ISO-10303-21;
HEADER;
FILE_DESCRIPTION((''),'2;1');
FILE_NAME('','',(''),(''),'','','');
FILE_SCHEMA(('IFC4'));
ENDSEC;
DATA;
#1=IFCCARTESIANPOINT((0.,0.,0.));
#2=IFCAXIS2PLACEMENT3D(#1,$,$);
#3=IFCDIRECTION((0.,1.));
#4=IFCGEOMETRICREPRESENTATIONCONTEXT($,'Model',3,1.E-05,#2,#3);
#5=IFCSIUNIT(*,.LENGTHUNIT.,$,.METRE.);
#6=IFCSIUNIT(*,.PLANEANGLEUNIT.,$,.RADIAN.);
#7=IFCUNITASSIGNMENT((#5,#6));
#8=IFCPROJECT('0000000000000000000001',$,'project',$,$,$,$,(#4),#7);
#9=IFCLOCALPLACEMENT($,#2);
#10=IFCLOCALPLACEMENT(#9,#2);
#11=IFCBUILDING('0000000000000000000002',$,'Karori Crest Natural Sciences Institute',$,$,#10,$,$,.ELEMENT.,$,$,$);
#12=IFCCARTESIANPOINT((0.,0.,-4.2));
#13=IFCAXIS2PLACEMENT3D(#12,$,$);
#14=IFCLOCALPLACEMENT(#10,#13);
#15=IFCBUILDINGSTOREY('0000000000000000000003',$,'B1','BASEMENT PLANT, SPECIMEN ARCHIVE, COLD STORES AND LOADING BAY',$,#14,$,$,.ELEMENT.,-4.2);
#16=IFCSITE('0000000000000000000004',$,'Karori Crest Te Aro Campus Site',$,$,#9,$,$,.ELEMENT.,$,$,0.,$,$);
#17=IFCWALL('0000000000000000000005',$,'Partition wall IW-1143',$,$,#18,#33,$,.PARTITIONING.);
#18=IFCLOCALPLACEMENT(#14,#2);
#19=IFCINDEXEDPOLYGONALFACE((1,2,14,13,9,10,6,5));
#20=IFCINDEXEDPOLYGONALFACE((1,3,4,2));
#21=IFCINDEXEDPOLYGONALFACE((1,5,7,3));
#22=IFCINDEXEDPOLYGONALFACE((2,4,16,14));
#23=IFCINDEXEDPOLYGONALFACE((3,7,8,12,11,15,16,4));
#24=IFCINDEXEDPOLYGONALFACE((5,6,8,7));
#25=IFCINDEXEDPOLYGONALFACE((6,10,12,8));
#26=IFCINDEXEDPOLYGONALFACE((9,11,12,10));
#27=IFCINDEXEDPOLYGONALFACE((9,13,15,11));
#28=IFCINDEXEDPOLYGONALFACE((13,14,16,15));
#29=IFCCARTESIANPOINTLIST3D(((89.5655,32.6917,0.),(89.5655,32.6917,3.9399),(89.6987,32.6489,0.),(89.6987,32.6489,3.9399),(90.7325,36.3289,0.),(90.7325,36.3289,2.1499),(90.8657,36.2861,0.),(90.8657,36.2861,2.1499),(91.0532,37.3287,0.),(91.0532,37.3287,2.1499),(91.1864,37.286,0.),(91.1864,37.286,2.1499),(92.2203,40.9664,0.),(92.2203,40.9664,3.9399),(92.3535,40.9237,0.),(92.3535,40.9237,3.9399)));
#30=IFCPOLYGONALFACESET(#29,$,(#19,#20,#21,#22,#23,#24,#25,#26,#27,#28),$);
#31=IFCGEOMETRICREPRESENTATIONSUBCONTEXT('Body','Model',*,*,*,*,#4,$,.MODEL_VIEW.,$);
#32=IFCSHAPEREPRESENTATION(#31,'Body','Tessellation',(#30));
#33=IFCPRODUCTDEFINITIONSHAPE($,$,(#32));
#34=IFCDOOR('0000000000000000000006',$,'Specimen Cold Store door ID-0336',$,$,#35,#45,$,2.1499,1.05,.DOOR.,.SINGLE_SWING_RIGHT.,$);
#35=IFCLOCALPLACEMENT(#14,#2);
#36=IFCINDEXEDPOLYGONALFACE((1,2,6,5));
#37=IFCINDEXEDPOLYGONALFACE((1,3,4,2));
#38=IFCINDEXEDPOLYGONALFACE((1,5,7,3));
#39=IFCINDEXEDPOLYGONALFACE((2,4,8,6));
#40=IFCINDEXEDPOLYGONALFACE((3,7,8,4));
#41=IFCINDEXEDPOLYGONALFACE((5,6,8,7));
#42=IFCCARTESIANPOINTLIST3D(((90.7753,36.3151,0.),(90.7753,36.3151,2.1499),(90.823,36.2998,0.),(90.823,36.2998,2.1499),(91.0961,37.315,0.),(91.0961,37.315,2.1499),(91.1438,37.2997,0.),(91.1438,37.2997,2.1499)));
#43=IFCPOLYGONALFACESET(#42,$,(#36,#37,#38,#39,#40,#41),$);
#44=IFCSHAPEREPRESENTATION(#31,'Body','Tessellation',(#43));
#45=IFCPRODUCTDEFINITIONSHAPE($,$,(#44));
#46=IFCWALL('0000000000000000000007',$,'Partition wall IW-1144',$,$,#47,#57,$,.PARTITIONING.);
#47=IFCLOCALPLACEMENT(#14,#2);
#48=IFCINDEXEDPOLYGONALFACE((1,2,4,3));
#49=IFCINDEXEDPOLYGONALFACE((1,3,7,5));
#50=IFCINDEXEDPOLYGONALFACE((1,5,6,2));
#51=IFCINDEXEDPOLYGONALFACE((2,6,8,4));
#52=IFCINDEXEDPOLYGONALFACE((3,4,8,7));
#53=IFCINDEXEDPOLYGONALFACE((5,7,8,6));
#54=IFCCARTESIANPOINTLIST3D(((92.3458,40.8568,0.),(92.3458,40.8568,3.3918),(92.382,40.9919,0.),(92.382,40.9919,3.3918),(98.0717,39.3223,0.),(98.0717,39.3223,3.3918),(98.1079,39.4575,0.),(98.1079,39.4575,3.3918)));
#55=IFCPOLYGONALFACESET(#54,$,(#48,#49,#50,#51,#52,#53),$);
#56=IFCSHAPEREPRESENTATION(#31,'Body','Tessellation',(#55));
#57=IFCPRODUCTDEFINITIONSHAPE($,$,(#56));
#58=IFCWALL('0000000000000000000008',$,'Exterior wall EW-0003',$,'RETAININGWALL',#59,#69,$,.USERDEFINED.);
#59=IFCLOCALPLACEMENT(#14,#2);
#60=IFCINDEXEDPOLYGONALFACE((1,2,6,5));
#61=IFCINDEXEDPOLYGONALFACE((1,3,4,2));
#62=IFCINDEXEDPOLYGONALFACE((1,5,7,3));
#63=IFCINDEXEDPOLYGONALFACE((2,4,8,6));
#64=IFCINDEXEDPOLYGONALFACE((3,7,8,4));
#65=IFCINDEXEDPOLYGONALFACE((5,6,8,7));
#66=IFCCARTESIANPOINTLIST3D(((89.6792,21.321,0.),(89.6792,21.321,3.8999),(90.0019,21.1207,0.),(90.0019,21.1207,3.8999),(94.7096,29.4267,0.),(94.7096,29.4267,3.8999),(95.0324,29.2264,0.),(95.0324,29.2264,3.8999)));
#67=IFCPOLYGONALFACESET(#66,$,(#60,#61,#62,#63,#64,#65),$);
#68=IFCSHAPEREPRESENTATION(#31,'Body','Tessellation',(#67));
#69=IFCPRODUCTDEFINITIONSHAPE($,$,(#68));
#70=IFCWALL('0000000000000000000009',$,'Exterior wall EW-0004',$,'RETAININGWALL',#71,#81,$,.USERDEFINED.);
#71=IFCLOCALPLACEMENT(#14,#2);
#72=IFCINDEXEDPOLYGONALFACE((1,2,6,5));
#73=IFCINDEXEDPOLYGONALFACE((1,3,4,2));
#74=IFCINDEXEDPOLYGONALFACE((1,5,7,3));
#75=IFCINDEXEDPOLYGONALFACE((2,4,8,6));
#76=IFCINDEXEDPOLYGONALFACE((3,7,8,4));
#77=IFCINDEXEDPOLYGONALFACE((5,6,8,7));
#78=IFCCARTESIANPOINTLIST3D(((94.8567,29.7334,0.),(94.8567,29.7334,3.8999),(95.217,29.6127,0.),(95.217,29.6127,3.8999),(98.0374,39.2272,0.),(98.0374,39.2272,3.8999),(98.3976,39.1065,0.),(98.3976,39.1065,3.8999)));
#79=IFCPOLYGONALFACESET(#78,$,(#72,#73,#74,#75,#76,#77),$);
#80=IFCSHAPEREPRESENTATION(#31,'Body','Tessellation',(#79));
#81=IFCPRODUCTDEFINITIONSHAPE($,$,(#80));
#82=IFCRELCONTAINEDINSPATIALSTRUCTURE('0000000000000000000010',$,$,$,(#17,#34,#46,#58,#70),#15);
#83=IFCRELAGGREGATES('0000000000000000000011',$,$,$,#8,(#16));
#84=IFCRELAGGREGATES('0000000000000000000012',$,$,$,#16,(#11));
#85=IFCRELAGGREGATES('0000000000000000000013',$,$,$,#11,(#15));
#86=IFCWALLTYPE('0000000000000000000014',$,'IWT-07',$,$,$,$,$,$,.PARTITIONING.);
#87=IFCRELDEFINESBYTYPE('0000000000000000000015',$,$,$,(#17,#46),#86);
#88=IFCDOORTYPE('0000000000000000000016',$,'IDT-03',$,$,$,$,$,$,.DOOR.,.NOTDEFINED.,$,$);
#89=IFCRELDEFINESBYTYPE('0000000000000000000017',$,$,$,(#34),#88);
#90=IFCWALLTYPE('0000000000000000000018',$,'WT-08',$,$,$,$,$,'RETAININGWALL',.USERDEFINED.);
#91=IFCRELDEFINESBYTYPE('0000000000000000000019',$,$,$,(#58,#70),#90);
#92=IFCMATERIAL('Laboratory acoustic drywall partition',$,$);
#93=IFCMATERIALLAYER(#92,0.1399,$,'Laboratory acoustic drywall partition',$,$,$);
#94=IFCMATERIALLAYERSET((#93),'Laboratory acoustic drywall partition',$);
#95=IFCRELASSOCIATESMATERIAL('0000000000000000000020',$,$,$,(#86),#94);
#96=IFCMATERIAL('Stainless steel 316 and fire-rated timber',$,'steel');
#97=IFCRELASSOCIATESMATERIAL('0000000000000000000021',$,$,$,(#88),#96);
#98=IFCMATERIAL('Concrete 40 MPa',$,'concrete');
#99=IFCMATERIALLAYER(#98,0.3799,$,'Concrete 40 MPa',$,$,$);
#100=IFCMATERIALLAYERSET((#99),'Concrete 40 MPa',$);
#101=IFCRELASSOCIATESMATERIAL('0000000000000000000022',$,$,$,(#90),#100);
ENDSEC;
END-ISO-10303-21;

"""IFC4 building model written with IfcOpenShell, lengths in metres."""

from ifc_helpers import new_model, si_unit, direction, frame, frame_2d, origin, place, context, subcontext, project, spatial, rectangle, extrude, material, layer, layer_set, type_object, element, fill, save


model = new_model("IFC4")

# Units and contexts
model_context = context("Model", 3, precision=1e-05, world=origin(), true_north=direction((0.0, 1.0)))
body_context = subcontext(model_context, "Body", "Model", "MODEL_VIEW")
ifc_project = project(units=[si_unit("LENGTHUNIT", "METRE"), si_unit("PLANEANGLEUNIT", "RADIAN")], contexts=[model_context])

# Site, building, storey
site_placement = place(None, origin())
site = spatial("IfcSite", under=ifc_project, at=site_placement, Name="Karori Crest Te Aro Campus Site", CompositionType="ELEMENT", RefElevation=0.0)
building_placement = place(site_placement, origin())
building = spatial("IfcBuilding", under=site, at=building_placement, Name="Karori Crest Natural Sciences Institute", CompositionType="ELEMENT")
storey_placement = place(building_placement, frame((0.0, 0.0, -4.2)))
storey = spatial("IfcBuildingStorey", under=building, at=storey_placement, Name="B1", Description="BASEMENT PLANT, SPECIMEN ARCHIVE, COLD STORES AND LOADING BAY", CompositionType="ELEMENT", Elevation=-4.2)

# Shared definitions
ifc_material_1 = material(Name="Concrete 40 MPa", Category="concrete")

# Shared definitions
ifc_material_2 = material(Name="Laboratory acoustic drywall partition")
ifc_layer_1 = layer(ifc_material_2, 0.1399, Name="Laboratory acoustic drywall partition")
ifc_layer_set_1 = layer_set([ifc_layer_1], Name="Laboratory acoustic drywall partition")
wall_type_1 = type_object("IfcWallType", Name="IWT-07", PredefinedType="PARTITIONING", material=ifc_layer_set_1)

# Wall, opening, door
wall_1_placement = place(storey_placement, frame((89.6321, 32.6702, 0.0), z_axis=(0.0, 0.0, 1.0), x_axis=(0.305495, 0.952194, 0.0)))
wall_1 = element("IfcWall", 1, at=wall_1_placement, inside=storey, type_object=wall_type_1, Name="Partition wall IW-1143", PredefinedType="PARTITIONING", context=body_context, shape_type="SweptSolid", body=[
    extrude(rectangle(XDim=8.6902, YDim=0.1399, at=frame_2d((4.3452, 0.0))), origin(), (0.0, 0.0, 1.0), 3.9399),
])
opening_placement = place(wall_1_placement, frame((3.8201, 0.0, 0.0)))
opening = element("IfcOpeningElement", 2, at=opening_placement, cuts=wall_1, PredefinedType="OPENING", context=body_context, shape_type="SweptSolid", body=[
    extrude(rectangle(XDim=1.05, YDim=2.1499, at=frame_2d((0.5249, 1.075))), frame((0.0, 0.0801, 0.0), z_axis=(0.0, -1.0, 0.0), x_axis=(1.0, 0.0, 0.0)), (0.0, 0.0, 1.0), 0.1599),
])
ifc_material_3 = material(Name="Stainless steel 316 and fire-rated timber", Category="steel")
door_type = type_object("IfcDoorType", Name="IDT-03", OperationType="NOTDEFINED", PredefinedType="DOOR", material=ifc_material_3)
door_placement = place(opening_placement, origin())
door = element("IfcDoor", 3, at=door_placement, inside=storey, type_object=door_type, Name="Specimen Cold Store door ID-0336", OperationType="SINGLE_SWING_RIGHT", OverallHeight=2.1499, OverallWidth=1.05, PredefinedType="DOOR", context=body_context, shape_type="SweptSolid", body=[
    extrude(rectangle(XDim=1.05, YDim=2.1499, at=frame_2d((0.5249, 1.075))), frame((0.0, 0.0249, 0.0), z_axis=(0.0, -1.0, 0.0), x_axis=(1.0, 0.0, 0.0)), (0.0, 0.0, 1.0), 0.05),
])
fill(opening, door)

# Walls
wall_2_placement = place(storey_placement, frame((92.364, 40.9243, 0.0), z_axis=(0.0, 0.0, 1.0), x_axis=(0.965918, -0.258849, 0.0)))
element("IfcWall", 4, at=wall_2_placement, inside=storey, type_object=wall_type_1, Name="Partition wall IW-1144", PredefinedType="PARTITIONING", context=body_context, shape_type="SweptSolid", body=[
    extrude(rectangle(XDim=5.928, YDim=0.1399, at=frame_2d((2.9639, 0.0))), origin(), (0.0, 0.0, 1.0), 3.3918),
])
ifc_layer_2 = layer(ifc_material_1, 0.3799, Name="Concrete 40 MPa")
ifc_layer_set_2 = layer_set([ifc_layer_2], Name="Concrete 40 MPa")
wall_type_2 = type_object("IfcWallType", Name="WT-08", ElementType="RETAININGWALL", PredefinedType="USERDEFINED", material=ifc_layer_set_2)
wall_3_placement = place(storey_placement, frame((94.8711, 29.3267, 0.0), z_axis=(0.0, 0.0, 1.0), x_axis=(-0.527316, -0.849669, 0.0)))
element("IfcWall", 5, at=wall_3_placement, inside=storey, type_object=wall_type_2, Name="Exterior wall EW-0003", ObjectType="RETAININGWALL", PredefinedType="USERDEFINED", context=body_context, shape_type="SweptSolid", body=[
    extrude(rectangle(XDim=9.5398, YDim=0.3799, at=frame_2d((4.77, 0.0))), origin(), (0.0, 0.0, 1.0), 3.8999),
])
wall_4_placement = place(storey_placement, frame((98.2175, 39.167, 0.0), z_axis=(0.0, 0.0, 1.0), x_axis=(-0.317668, -0.948202, 0.0)))
element("IfcWall", 6, at=wall_4_placement, inside=storey, type_object=wall_type_2, Name="Exterior wall EW-0004", ObjectType="RETAININGWALL", PredefinedType="USERDEFINED", context=body_context, shape_type="SweptSolid", body=[
    extrude(rectangle(XDim=10.0125, YDim=0.3799, at=frame_2d((5.0063, 0.0))), origin(), (0.0, 0.0, 1.0), 3.8999),
])

save(model, "model.ifc")
